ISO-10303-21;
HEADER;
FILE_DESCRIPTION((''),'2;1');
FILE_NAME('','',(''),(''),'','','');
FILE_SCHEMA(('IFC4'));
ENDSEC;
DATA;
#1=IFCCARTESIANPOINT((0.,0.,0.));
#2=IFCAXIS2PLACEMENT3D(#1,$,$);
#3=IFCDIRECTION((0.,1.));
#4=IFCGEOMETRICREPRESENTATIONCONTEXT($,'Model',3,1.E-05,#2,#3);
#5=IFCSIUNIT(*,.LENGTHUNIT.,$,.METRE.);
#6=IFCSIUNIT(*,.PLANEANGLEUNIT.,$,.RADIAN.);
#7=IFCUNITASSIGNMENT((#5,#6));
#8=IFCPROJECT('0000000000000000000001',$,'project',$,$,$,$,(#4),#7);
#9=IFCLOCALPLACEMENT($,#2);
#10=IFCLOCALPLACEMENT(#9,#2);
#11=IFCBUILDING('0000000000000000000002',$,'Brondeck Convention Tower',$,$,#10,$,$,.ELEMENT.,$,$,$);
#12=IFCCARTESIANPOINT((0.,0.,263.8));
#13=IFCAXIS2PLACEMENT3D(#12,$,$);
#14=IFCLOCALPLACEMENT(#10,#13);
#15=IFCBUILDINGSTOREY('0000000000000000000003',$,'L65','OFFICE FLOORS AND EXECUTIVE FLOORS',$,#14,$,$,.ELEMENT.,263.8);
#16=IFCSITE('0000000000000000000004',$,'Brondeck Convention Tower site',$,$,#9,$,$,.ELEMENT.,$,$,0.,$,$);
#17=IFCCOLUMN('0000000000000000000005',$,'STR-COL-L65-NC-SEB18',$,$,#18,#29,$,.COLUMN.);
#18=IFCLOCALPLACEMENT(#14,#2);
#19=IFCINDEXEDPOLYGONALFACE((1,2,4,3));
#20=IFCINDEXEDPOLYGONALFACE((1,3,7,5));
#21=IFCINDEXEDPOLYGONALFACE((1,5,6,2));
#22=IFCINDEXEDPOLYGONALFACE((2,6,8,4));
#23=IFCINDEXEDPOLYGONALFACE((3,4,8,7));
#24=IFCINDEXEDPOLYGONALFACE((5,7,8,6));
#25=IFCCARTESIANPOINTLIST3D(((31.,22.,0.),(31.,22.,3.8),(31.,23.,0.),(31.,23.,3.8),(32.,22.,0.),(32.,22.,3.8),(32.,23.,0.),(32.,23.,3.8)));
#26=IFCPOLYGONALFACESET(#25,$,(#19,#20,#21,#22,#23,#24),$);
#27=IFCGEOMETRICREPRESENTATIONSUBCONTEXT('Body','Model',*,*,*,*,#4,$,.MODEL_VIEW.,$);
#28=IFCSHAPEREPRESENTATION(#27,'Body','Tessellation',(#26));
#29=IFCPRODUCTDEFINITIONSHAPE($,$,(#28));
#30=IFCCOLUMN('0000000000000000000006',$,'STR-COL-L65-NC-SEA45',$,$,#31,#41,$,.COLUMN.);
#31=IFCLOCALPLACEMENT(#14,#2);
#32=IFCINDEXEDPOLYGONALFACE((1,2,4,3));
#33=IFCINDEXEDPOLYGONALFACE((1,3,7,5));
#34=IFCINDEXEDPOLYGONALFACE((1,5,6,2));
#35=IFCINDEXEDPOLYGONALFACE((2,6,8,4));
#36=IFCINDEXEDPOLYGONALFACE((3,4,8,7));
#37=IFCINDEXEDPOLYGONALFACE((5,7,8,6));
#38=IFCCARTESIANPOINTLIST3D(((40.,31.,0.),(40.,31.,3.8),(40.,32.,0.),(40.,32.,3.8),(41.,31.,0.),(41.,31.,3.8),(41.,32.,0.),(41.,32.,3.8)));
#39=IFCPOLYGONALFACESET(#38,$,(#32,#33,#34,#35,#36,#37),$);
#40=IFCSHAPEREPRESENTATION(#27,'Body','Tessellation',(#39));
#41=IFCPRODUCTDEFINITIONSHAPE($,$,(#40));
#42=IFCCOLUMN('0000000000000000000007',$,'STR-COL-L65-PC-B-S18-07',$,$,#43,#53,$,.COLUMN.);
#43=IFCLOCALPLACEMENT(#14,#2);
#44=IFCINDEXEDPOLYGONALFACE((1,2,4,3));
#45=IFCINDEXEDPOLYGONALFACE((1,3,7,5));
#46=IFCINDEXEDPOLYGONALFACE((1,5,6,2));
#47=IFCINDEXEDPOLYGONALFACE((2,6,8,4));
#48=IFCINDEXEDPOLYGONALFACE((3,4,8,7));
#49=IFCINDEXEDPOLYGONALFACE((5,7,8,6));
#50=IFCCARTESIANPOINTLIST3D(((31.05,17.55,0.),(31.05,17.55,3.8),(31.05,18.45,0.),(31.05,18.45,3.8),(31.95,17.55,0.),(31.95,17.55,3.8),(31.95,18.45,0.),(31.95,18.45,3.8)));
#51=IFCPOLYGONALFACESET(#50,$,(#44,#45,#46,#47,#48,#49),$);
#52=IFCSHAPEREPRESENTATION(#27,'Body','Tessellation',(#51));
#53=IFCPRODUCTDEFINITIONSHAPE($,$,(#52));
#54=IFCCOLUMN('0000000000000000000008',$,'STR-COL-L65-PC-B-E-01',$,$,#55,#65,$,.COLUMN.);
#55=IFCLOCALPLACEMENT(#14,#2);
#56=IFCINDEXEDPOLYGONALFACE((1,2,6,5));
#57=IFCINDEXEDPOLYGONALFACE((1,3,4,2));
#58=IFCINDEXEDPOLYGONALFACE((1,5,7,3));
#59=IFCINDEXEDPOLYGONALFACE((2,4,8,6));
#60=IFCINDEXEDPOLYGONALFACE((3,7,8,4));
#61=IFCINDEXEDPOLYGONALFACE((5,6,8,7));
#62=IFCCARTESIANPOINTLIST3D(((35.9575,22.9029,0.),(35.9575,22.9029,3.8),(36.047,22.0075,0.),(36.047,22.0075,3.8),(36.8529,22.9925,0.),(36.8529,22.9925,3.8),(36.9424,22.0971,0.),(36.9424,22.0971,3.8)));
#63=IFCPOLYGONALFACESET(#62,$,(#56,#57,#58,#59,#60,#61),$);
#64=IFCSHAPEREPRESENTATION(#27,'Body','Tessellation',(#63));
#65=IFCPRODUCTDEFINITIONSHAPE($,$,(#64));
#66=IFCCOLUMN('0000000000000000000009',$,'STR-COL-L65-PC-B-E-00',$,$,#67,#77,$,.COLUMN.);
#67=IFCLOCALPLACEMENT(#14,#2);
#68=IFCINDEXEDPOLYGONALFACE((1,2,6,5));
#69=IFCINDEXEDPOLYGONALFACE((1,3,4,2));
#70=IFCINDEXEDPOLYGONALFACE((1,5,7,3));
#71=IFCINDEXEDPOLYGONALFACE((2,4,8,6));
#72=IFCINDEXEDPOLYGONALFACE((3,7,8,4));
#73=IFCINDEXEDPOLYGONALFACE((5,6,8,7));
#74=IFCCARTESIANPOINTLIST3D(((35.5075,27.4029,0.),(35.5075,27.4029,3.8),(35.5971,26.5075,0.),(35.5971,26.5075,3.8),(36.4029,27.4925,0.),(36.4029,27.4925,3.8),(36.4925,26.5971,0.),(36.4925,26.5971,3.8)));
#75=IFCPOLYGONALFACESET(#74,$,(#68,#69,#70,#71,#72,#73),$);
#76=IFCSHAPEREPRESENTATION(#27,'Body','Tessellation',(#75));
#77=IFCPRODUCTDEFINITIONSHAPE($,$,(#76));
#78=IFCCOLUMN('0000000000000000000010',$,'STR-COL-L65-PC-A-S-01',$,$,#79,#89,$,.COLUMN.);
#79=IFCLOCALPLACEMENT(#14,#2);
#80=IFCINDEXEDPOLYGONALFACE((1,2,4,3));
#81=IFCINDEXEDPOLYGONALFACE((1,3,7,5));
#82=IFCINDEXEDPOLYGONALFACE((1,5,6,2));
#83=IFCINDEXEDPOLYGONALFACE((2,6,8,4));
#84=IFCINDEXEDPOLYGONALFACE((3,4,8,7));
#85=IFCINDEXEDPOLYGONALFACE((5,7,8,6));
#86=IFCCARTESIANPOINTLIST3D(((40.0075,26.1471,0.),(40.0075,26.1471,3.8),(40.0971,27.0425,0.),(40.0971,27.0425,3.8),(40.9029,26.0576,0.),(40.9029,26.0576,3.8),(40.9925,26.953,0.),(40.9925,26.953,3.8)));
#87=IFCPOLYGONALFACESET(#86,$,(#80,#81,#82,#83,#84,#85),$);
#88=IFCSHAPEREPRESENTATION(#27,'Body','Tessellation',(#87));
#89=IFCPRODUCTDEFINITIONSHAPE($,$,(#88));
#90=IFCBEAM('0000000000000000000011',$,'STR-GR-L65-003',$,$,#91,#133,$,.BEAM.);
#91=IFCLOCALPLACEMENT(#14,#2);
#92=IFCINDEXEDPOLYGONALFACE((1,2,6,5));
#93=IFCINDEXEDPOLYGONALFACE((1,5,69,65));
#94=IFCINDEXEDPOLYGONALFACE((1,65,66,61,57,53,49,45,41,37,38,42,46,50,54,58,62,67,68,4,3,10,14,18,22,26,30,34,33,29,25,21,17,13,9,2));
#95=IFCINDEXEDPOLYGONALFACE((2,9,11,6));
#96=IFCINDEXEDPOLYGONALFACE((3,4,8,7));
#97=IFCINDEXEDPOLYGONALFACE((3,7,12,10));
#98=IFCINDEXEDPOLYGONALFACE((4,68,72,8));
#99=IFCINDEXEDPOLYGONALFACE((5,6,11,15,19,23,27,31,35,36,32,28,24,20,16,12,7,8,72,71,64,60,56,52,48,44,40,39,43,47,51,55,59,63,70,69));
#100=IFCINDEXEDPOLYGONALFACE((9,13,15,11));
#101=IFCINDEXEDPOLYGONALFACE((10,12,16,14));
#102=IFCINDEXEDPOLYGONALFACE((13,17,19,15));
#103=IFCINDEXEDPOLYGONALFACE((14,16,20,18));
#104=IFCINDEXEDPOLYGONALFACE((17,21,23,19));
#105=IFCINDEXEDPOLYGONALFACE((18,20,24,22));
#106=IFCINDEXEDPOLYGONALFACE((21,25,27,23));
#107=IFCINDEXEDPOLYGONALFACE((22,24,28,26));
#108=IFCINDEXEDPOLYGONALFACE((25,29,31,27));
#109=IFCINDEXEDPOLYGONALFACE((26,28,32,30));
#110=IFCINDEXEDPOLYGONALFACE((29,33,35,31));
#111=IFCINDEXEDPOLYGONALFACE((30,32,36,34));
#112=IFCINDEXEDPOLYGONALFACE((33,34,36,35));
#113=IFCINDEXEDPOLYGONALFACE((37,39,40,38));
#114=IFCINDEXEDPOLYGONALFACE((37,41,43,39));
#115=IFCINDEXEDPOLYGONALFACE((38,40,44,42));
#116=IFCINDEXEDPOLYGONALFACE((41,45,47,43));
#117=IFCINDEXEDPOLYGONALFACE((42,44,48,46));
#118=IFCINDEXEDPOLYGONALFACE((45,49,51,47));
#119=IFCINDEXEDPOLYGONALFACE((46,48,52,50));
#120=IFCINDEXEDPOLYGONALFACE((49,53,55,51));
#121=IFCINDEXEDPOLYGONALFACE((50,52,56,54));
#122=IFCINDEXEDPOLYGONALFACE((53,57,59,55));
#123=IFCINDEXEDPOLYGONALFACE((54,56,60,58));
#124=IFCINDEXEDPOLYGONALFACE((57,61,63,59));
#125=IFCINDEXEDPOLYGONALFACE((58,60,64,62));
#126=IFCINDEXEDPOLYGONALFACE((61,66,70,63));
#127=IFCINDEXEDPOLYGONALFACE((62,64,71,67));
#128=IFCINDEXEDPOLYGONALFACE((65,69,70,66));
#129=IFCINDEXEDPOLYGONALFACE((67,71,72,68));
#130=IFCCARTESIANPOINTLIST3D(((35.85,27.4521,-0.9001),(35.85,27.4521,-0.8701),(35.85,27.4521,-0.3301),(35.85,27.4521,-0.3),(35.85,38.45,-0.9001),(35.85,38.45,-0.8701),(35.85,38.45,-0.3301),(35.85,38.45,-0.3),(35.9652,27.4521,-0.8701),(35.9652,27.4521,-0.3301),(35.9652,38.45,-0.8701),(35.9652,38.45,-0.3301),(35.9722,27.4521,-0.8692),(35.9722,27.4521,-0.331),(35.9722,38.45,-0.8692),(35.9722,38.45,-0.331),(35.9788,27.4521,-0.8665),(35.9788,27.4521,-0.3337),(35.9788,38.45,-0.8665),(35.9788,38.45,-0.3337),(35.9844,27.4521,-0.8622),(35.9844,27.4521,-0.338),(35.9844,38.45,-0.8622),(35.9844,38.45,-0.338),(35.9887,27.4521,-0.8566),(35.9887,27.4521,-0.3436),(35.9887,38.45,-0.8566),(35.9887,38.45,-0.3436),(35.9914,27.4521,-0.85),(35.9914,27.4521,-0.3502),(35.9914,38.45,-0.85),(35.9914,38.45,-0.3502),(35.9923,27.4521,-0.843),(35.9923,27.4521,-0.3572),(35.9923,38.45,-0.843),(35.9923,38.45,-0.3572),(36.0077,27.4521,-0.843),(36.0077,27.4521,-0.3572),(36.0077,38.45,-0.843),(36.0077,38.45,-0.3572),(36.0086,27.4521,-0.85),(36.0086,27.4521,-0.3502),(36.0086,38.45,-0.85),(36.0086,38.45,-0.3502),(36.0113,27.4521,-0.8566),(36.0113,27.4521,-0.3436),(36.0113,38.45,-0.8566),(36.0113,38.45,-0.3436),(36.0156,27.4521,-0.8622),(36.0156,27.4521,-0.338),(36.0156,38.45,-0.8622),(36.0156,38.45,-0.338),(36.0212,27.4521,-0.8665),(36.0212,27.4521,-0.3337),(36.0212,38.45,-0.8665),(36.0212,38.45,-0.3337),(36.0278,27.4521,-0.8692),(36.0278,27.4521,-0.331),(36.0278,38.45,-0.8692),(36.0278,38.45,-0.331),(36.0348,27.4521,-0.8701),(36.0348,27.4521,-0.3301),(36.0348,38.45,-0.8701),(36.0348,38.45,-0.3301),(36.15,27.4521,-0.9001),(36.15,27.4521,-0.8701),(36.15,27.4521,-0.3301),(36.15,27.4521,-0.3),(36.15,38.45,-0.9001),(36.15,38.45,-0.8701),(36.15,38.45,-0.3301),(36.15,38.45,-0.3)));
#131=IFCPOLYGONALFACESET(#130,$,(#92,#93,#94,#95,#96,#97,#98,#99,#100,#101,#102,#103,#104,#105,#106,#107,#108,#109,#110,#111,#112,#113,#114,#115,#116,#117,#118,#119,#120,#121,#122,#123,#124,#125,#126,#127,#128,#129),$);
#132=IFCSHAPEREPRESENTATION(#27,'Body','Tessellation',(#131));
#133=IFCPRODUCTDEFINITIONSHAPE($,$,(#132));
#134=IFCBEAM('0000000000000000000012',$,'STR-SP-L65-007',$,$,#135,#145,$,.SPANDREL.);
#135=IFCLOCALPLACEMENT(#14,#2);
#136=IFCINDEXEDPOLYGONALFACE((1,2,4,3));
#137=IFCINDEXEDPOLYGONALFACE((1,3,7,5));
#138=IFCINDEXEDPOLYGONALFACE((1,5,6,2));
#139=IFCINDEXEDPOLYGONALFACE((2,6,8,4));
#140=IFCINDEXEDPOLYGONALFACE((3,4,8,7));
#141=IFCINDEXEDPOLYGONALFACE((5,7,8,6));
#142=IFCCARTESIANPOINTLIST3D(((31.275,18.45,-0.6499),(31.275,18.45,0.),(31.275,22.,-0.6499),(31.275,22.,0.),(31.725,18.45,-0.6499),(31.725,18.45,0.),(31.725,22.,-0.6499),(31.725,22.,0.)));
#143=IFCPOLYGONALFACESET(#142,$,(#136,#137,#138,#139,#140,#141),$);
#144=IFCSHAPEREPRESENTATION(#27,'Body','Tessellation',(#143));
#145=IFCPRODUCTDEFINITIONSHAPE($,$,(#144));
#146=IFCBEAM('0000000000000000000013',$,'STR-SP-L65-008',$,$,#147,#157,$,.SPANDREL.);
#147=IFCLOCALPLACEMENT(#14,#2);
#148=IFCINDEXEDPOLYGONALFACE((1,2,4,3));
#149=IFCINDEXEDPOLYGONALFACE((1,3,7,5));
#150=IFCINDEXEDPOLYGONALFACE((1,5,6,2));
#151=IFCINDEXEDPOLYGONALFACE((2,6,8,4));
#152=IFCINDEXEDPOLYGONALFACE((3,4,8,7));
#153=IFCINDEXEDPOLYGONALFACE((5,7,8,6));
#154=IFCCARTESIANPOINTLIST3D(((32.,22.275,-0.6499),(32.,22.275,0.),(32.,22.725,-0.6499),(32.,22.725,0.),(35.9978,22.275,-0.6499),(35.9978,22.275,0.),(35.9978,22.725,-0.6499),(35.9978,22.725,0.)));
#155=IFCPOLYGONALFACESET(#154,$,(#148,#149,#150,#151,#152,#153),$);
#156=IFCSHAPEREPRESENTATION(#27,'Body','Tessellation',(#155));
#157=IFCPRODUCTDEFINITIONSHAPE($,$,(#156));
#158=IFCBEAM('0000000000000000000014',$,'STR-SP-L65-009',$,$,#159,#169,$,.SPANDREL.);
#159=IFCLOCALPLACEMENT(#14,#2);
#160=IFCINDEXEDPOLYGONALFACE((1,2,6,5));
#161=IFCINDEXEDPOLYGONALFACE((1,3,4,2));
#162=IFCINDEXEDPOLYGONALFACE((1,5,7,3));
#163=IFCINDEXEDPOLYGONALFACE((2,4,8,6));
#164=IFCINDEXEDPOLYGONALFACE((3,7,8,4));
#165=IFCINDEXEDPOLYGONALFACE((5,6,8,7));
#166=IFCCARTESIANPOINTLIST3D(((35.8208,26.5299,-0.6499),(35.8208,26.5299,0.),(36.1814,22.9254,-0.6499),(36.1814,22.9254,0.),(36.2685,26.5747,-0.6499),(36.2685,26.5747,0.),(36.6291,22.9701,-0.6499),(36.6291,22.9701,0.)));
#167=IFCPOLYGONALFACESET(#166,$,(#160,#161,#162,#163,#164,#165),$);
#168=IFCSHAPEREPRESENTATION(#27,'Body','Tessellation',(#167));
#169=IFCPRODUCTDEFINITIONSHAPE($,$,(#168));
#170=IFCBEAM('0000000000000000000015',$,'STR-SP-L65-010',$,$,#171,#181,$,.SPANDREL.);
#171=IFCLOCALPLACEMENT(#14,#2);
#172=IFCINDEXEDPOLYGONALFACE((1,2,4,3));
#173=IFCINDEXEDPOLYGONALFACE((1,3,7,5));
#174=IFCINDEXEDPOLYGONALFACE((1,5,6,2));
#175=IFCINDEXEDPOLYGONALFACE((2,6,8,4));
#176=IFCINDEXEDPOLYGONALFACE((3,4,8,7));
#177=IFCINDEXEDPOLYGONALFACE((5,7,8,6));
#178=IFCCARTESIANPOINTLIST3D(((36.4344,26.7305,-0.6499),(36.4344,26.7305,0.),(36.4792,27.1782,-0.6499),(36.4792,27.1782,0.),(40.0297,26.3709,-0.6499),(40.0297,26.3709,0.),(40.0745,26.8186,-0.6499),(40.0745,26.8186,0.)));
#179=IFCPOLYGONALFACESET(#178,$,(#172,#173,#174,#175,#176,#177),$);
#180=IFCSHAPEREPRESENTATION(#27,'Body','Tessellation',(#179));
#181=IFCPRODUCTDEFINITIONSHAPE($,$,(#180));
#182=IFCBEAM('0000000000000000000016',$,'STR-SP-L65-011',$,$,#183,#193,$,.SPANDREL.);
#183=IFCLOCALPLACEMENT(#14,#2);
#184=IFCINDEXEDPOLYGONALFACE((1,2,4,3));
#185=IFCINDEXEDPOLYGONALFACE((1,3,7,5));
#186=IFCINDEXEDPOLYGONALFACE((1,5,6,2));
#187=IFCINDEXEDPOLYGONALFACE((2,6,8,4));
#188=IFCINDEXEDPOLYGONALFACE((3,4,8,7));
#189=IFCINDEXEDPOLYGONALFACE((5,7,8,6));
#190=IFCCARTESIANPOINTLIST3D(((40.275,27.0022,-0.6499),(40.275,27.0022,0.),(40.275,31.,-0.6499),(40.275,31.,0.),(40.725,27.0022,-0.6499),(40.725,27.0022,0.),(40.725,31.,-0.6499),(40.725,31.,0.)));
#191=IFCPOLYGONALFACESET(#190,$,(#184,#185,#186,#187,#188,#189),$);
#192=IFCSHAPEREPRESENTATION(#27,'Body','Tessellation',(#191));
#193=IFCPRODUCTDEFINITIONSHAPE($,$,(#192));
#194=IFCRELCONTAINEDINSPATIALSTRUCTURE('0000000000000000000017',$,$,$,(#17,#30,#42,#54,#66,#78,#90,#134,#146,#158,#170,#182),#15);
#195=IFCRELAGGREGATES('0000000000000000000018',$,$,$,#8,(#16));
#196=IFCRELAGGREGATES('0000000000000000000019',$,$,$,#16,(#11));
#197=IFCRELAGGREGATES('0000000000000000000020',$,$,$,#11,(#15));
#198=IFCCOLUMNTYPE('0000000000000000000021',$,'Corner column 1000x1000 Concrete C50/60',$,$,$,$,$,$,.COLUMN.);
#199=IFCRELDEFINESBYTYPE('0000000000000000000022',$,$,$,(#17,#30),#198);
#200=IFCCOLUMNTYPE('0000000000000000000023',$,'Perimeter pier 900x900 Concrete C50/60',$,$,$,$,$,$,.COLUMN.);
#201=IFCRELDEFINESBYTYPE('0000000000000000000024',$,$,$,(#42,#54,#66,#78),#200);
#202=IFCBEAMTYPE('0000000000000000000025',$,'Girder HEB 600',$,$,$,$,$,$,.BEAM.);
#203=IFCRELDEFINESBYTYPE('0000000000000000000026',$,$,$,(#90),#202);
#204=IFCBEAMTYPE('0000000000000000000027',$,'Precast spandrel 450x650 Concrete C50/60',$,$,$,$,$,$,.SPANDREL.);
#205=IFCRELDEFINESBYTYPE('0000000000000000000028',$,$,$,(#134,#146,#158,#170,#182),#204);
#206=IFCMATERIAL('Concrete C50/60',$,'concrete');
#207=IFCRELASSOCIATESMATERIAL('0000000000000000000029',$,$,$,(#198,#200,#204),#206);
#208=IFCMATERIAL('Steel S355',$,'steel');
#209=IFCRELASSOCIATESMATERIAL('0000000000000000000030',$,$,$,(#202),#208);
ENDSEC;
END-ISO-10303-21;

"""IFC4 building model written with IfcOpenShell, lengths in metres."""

from ifc_helpers import new_model, si_unit, direction, frame, origin, origin_2d, place, context, subcontext, project, spatial, rectangle, i_section, extrude, material, material_profile, profile_set, type_object, element, save


model = new_model("IFC4")

# Units and contexts
model_context = context("Model", 3, precision=1e-05, world=origin(), true_north=direction((0.0, 1.0)))
body_context = subcontext(model_context, "Body", "Model", "MODEL_VIEW")
ifc_project = project(units=[si_unit("LENGTHUNIT", "METRE"), si_unit("PLANEANGLEUNIT", "RADIAN")], contexts=[model_context])

# Site, building, storey
site_placement = place(None, origin())
site = spatial("IfcSite", under=ifc_project, at=site_placement, Name="Brondeck Convention Tower site", CompositionType="ELEMENT", RefElevation=0.0)
building_placement = place(site_placement, origin())
building = spatial("IfcBuilding", under=site, at=building_placement, Name="Brondeck Convention Tower", CompositionType="ELEMENT")
storey_placement = place(building_placement, frame((0.0, 0.0, 263.8)))
storey = spatial("IfcBuildingStorey", under=building, at=storey_placement, Name="L65", Description="OFFICE FLOORS AND EXECUTIVE FLOORS", CompositionType="ELEMENT", Elevation=263.8)

# Columns
ifc_material_1 = material(Name="Concrete C50/60", Category="concrete")
ifc_material_profile_1 = material_profile(ifc_material_1, rectangle(XDim=1.0, YDim=1.0, at=origin_2d()), Name="Corner column 1000x1000 Concrete C50/60")
ifc_profile_set_1 = profile_set([ifc_material_profile_1], Name="Concrete C50/60")
column_type_1 = type_object("IfcColumnType", Name="Corner column 1000x1000 Concrete C50/60", PredefinedType="COLUMN", material=ifc_profile_set_1)
for number, where, z_axis, x_axis, name in (
    (1, (31.5, 22.5, 0.0), (0.0, 0.0, 1.0), (1.0, 0.0, 0.0), "STR-COL-L65-NC-SEB18"),
    (2, (40.5, 31.5, 0.0), (0.0, 0.0, 1.0), (1.0, 0.0, 0.0), "STR-COL-L65-NC-SEA45"),
):
    element("IfcColumn", number, at=place(storey_placement, frame(where, z_axis=z_axis, x_axis=x_axis)), inside=storey, type_object=column_type_1, Name=name, PredefinedType="COLUMN", context=body_context, shape_type="SweptSolid", body=[
        extrude(rectangle(XDim=1.0, YDim=1.0, at=origin_2d()), origin(), (0.0, 0.0, 1.0), 3.8),
    ])
ifc_material_profile_2 = material_profile(ifc_material_1, rectangle(XDim=0.8999, YDim=0.8999, at=origin_2d()), Name="Perimeter pier 900x900 Concrete C50/60")
ifc_profile_set_2 = profile_set([ifc_material_profile_2], Name="Concrete C50/60")
column_type_2 = type_object("IfcColumnType", Name="Perimeter pier 900x900 Concrete C50/60", PredefinedType="COLUMN", material=ifc_profile_set_2)
for number, where, z_axis, x_axis, name in (
    (3, (31.5, 18.0, 0.0), (0.0, 0.0, 1.0), (1.0, 0.0, 0.0), "STR-COL-L65-PC-B-S18-07"),
    (4, (36.45, 22.5, 0.0), (0.0, 0.0, 1.0), (-0.099504, 0.995037, 0.0), "STR-COL-L65-PC-B-E-01"),
    (5, (36.0, 27.0, 0.0), (0.0, 0.0, 1.0), (-0.099504, 0.995037, 0.0), "STR-COL-L65-PC-B-E-00"),
    (6, (40.5, 26.55, 0.0), (0.0, 0.0, 1.0), (0.995037, -0.099504, 0.0), "STR-COL-L65-PC-A-S-01"),
):
    element("IfcColumn", number, at=place(storey_placement, frame(where, z_axis=z_axis, x_axis=x_axis)), inside=storey, type_object=column_type_2, Name=name, PredefinedType="COLUMN", context=body_context, shape_type="SweptSolid", body=[
        extrude(rectangle(XDim=0.8999, YDim=0.8999, at=origin_2d()), origin(), (0.0, 0.0, 1.0), 3.8),
    ])

# Beams
ifc_material_2 = material(Name="Steel S355", Category="steel")
ifc_material_profile_3 = material_profile(ifc_material_2, i_section(OverallWidth=0.3, OverallDepth=0.6001, WebThickness=0.0154, FlangeThickness=0.03, FilletRadius=0.0271, at=origin_2d()), Name="HEB 600")
ifc_profile_set_3 = profile_set([ifc_material_profile_3], Name="Steel S355")
beam_type_1 = type_object("IfcBeamType", Name="Girder HEB 600", PredefinedType="BEAM", material=ifc_profile_set_3)
beam_1_placement = place(storey_placement, frame((36.0, 27.4521, -0.6001), z_axis=(0.0, 1.0, 0.0), x_axis=(-1.0, 0.0, 0.0)))
element("IfcBeam", 7, at=beam_1_placement, inside=storey, type_object=beam_type_1, Name="STR-GR-L65-003", PredefinedType="BEAM", context=body_context, shape_type="SweptSolid", body=[
    extrude(i_section(OverallWidth=0.3, OverallDepth=0.6001, WebThickness=0.0154, FlangeThickness=0.03, FilletRadius=0.0271, at=origin_2d()), origin(), (0.0, 0.0, 1.0), 10.9978),
])
ifc_material_profile_4 = material_profile(ifc_material_1, rectangle(XDim=0.45, YDim=0.6499, at=origin_2d()), Name="Precast spandrel 450x650 Concrete C50/60")
ifc_profile_set_4 = profile_set([ifc_material_profile_4], Name="Concrete C50/60")
beam_type_2 = type_object("IfcBeamType", Name="Precast spandrel 450x650 Concrete C50/60", PredefinedType="SPANDREL", material=ifc_profile_set_4)
beam_2_placement = place(storey_placement, frame((31.5, 18.45, -0.325), z_axis=(0.0, 1.0, 0.0), x_axis=(-1.0, 0.0, 0.0)))
element("IfcBeam", 8, at=beam_2_placement, inside=storey, type_object=beam_type_2, Name="STR-SP-L65-007", PredefinedType="SPANDREL", context=body_context, shape_type="SweptSolid", body=[
    extrude(rectangle(XDim=0.45, YDim=0.6499, at=origin_2d()), origin(), (0.0, 0.0, 1.0), 3.55),
])
beam_3_placement = place(storey_placement, frame((32.0, 22.5, -0.325), z_axis=(1.0, 0.0, 0.0), x_axis=(0.0, 1.0, 0.0)))
element("IfcBeam", 9, at=beam_3_placement, inside=storey, type_object=beam_type_2, Name="STR-SP-L65-008", PredefinedType="SPANDREL", context=body_context, shape_type="SweptSolid", body=[
    extrude(rectangle(XDim=0.45, YDim=0.6499, at=origin_2d()), origin(), (0.0, 0.0, 1.0), 3.9978),
])
beam_4_placement = place(storey_placement, frame((36.4053, 22.9478, -0.325), z_axis=(-0.099544, 0.995033, 0.0), x_axis=(-0.995033, -0.099544, 0.0)))
element("IfcBeam", 10, at=beam_4_placement, inside=storey, type_object=beam_type_2, Name="STR-SP-L65-009", PredefinedType="SPANDREL", context=body_context, shape_type="SweptSolid", body=[
    extrude(rectangle(XDim=0.45, YDim=0.6499, at=origin_2d()), origin(), (0.0, 0.0, 1.0), 3.6226),
])
beam_5_placement = place(storey_placement, frame((36.4568, 26.9543, -0.325), z_axis=(0.995035, -0.099524, 0.0), x_axis=(0.099524, 0.995035, 0.0)))
element("IfcBeam", 11, at=beam_5_placement, inside=storey, type_object=beam_type_2, Name="STR-SP-L65-010", PredefinedType="SPANDREL", context=body_context, shape_type="SweptSolid", body=[
    extrude(rectangle(XDim=0.45, YDim=0.6499, at=origin_2d()), origin(), (0.0, 0.0, 1.0), 3.6133),
])
beam_6_placement = place(storey_placement, frame((40.5, 27.0022, -0.325), z_axis=(0.0, 1.0, 0.0), x_axis=(-1.0, 0.0, 0.0)))
element("IfcBeam", 12, at=beam_6_placement, inside=storey, type_object=beam_type_2, Name="STR-SP-L65-011", PredefinedType="SPANDREL", context=body_context, shape_type="SweptSolid", body=[
    extrude(rectangle(XDim=0.45, YDim=0.6499, at=origin_2d()), origin(), (0.0, 0.0, 1.0), 3.9978),
])

save(model, "model.ifc")
